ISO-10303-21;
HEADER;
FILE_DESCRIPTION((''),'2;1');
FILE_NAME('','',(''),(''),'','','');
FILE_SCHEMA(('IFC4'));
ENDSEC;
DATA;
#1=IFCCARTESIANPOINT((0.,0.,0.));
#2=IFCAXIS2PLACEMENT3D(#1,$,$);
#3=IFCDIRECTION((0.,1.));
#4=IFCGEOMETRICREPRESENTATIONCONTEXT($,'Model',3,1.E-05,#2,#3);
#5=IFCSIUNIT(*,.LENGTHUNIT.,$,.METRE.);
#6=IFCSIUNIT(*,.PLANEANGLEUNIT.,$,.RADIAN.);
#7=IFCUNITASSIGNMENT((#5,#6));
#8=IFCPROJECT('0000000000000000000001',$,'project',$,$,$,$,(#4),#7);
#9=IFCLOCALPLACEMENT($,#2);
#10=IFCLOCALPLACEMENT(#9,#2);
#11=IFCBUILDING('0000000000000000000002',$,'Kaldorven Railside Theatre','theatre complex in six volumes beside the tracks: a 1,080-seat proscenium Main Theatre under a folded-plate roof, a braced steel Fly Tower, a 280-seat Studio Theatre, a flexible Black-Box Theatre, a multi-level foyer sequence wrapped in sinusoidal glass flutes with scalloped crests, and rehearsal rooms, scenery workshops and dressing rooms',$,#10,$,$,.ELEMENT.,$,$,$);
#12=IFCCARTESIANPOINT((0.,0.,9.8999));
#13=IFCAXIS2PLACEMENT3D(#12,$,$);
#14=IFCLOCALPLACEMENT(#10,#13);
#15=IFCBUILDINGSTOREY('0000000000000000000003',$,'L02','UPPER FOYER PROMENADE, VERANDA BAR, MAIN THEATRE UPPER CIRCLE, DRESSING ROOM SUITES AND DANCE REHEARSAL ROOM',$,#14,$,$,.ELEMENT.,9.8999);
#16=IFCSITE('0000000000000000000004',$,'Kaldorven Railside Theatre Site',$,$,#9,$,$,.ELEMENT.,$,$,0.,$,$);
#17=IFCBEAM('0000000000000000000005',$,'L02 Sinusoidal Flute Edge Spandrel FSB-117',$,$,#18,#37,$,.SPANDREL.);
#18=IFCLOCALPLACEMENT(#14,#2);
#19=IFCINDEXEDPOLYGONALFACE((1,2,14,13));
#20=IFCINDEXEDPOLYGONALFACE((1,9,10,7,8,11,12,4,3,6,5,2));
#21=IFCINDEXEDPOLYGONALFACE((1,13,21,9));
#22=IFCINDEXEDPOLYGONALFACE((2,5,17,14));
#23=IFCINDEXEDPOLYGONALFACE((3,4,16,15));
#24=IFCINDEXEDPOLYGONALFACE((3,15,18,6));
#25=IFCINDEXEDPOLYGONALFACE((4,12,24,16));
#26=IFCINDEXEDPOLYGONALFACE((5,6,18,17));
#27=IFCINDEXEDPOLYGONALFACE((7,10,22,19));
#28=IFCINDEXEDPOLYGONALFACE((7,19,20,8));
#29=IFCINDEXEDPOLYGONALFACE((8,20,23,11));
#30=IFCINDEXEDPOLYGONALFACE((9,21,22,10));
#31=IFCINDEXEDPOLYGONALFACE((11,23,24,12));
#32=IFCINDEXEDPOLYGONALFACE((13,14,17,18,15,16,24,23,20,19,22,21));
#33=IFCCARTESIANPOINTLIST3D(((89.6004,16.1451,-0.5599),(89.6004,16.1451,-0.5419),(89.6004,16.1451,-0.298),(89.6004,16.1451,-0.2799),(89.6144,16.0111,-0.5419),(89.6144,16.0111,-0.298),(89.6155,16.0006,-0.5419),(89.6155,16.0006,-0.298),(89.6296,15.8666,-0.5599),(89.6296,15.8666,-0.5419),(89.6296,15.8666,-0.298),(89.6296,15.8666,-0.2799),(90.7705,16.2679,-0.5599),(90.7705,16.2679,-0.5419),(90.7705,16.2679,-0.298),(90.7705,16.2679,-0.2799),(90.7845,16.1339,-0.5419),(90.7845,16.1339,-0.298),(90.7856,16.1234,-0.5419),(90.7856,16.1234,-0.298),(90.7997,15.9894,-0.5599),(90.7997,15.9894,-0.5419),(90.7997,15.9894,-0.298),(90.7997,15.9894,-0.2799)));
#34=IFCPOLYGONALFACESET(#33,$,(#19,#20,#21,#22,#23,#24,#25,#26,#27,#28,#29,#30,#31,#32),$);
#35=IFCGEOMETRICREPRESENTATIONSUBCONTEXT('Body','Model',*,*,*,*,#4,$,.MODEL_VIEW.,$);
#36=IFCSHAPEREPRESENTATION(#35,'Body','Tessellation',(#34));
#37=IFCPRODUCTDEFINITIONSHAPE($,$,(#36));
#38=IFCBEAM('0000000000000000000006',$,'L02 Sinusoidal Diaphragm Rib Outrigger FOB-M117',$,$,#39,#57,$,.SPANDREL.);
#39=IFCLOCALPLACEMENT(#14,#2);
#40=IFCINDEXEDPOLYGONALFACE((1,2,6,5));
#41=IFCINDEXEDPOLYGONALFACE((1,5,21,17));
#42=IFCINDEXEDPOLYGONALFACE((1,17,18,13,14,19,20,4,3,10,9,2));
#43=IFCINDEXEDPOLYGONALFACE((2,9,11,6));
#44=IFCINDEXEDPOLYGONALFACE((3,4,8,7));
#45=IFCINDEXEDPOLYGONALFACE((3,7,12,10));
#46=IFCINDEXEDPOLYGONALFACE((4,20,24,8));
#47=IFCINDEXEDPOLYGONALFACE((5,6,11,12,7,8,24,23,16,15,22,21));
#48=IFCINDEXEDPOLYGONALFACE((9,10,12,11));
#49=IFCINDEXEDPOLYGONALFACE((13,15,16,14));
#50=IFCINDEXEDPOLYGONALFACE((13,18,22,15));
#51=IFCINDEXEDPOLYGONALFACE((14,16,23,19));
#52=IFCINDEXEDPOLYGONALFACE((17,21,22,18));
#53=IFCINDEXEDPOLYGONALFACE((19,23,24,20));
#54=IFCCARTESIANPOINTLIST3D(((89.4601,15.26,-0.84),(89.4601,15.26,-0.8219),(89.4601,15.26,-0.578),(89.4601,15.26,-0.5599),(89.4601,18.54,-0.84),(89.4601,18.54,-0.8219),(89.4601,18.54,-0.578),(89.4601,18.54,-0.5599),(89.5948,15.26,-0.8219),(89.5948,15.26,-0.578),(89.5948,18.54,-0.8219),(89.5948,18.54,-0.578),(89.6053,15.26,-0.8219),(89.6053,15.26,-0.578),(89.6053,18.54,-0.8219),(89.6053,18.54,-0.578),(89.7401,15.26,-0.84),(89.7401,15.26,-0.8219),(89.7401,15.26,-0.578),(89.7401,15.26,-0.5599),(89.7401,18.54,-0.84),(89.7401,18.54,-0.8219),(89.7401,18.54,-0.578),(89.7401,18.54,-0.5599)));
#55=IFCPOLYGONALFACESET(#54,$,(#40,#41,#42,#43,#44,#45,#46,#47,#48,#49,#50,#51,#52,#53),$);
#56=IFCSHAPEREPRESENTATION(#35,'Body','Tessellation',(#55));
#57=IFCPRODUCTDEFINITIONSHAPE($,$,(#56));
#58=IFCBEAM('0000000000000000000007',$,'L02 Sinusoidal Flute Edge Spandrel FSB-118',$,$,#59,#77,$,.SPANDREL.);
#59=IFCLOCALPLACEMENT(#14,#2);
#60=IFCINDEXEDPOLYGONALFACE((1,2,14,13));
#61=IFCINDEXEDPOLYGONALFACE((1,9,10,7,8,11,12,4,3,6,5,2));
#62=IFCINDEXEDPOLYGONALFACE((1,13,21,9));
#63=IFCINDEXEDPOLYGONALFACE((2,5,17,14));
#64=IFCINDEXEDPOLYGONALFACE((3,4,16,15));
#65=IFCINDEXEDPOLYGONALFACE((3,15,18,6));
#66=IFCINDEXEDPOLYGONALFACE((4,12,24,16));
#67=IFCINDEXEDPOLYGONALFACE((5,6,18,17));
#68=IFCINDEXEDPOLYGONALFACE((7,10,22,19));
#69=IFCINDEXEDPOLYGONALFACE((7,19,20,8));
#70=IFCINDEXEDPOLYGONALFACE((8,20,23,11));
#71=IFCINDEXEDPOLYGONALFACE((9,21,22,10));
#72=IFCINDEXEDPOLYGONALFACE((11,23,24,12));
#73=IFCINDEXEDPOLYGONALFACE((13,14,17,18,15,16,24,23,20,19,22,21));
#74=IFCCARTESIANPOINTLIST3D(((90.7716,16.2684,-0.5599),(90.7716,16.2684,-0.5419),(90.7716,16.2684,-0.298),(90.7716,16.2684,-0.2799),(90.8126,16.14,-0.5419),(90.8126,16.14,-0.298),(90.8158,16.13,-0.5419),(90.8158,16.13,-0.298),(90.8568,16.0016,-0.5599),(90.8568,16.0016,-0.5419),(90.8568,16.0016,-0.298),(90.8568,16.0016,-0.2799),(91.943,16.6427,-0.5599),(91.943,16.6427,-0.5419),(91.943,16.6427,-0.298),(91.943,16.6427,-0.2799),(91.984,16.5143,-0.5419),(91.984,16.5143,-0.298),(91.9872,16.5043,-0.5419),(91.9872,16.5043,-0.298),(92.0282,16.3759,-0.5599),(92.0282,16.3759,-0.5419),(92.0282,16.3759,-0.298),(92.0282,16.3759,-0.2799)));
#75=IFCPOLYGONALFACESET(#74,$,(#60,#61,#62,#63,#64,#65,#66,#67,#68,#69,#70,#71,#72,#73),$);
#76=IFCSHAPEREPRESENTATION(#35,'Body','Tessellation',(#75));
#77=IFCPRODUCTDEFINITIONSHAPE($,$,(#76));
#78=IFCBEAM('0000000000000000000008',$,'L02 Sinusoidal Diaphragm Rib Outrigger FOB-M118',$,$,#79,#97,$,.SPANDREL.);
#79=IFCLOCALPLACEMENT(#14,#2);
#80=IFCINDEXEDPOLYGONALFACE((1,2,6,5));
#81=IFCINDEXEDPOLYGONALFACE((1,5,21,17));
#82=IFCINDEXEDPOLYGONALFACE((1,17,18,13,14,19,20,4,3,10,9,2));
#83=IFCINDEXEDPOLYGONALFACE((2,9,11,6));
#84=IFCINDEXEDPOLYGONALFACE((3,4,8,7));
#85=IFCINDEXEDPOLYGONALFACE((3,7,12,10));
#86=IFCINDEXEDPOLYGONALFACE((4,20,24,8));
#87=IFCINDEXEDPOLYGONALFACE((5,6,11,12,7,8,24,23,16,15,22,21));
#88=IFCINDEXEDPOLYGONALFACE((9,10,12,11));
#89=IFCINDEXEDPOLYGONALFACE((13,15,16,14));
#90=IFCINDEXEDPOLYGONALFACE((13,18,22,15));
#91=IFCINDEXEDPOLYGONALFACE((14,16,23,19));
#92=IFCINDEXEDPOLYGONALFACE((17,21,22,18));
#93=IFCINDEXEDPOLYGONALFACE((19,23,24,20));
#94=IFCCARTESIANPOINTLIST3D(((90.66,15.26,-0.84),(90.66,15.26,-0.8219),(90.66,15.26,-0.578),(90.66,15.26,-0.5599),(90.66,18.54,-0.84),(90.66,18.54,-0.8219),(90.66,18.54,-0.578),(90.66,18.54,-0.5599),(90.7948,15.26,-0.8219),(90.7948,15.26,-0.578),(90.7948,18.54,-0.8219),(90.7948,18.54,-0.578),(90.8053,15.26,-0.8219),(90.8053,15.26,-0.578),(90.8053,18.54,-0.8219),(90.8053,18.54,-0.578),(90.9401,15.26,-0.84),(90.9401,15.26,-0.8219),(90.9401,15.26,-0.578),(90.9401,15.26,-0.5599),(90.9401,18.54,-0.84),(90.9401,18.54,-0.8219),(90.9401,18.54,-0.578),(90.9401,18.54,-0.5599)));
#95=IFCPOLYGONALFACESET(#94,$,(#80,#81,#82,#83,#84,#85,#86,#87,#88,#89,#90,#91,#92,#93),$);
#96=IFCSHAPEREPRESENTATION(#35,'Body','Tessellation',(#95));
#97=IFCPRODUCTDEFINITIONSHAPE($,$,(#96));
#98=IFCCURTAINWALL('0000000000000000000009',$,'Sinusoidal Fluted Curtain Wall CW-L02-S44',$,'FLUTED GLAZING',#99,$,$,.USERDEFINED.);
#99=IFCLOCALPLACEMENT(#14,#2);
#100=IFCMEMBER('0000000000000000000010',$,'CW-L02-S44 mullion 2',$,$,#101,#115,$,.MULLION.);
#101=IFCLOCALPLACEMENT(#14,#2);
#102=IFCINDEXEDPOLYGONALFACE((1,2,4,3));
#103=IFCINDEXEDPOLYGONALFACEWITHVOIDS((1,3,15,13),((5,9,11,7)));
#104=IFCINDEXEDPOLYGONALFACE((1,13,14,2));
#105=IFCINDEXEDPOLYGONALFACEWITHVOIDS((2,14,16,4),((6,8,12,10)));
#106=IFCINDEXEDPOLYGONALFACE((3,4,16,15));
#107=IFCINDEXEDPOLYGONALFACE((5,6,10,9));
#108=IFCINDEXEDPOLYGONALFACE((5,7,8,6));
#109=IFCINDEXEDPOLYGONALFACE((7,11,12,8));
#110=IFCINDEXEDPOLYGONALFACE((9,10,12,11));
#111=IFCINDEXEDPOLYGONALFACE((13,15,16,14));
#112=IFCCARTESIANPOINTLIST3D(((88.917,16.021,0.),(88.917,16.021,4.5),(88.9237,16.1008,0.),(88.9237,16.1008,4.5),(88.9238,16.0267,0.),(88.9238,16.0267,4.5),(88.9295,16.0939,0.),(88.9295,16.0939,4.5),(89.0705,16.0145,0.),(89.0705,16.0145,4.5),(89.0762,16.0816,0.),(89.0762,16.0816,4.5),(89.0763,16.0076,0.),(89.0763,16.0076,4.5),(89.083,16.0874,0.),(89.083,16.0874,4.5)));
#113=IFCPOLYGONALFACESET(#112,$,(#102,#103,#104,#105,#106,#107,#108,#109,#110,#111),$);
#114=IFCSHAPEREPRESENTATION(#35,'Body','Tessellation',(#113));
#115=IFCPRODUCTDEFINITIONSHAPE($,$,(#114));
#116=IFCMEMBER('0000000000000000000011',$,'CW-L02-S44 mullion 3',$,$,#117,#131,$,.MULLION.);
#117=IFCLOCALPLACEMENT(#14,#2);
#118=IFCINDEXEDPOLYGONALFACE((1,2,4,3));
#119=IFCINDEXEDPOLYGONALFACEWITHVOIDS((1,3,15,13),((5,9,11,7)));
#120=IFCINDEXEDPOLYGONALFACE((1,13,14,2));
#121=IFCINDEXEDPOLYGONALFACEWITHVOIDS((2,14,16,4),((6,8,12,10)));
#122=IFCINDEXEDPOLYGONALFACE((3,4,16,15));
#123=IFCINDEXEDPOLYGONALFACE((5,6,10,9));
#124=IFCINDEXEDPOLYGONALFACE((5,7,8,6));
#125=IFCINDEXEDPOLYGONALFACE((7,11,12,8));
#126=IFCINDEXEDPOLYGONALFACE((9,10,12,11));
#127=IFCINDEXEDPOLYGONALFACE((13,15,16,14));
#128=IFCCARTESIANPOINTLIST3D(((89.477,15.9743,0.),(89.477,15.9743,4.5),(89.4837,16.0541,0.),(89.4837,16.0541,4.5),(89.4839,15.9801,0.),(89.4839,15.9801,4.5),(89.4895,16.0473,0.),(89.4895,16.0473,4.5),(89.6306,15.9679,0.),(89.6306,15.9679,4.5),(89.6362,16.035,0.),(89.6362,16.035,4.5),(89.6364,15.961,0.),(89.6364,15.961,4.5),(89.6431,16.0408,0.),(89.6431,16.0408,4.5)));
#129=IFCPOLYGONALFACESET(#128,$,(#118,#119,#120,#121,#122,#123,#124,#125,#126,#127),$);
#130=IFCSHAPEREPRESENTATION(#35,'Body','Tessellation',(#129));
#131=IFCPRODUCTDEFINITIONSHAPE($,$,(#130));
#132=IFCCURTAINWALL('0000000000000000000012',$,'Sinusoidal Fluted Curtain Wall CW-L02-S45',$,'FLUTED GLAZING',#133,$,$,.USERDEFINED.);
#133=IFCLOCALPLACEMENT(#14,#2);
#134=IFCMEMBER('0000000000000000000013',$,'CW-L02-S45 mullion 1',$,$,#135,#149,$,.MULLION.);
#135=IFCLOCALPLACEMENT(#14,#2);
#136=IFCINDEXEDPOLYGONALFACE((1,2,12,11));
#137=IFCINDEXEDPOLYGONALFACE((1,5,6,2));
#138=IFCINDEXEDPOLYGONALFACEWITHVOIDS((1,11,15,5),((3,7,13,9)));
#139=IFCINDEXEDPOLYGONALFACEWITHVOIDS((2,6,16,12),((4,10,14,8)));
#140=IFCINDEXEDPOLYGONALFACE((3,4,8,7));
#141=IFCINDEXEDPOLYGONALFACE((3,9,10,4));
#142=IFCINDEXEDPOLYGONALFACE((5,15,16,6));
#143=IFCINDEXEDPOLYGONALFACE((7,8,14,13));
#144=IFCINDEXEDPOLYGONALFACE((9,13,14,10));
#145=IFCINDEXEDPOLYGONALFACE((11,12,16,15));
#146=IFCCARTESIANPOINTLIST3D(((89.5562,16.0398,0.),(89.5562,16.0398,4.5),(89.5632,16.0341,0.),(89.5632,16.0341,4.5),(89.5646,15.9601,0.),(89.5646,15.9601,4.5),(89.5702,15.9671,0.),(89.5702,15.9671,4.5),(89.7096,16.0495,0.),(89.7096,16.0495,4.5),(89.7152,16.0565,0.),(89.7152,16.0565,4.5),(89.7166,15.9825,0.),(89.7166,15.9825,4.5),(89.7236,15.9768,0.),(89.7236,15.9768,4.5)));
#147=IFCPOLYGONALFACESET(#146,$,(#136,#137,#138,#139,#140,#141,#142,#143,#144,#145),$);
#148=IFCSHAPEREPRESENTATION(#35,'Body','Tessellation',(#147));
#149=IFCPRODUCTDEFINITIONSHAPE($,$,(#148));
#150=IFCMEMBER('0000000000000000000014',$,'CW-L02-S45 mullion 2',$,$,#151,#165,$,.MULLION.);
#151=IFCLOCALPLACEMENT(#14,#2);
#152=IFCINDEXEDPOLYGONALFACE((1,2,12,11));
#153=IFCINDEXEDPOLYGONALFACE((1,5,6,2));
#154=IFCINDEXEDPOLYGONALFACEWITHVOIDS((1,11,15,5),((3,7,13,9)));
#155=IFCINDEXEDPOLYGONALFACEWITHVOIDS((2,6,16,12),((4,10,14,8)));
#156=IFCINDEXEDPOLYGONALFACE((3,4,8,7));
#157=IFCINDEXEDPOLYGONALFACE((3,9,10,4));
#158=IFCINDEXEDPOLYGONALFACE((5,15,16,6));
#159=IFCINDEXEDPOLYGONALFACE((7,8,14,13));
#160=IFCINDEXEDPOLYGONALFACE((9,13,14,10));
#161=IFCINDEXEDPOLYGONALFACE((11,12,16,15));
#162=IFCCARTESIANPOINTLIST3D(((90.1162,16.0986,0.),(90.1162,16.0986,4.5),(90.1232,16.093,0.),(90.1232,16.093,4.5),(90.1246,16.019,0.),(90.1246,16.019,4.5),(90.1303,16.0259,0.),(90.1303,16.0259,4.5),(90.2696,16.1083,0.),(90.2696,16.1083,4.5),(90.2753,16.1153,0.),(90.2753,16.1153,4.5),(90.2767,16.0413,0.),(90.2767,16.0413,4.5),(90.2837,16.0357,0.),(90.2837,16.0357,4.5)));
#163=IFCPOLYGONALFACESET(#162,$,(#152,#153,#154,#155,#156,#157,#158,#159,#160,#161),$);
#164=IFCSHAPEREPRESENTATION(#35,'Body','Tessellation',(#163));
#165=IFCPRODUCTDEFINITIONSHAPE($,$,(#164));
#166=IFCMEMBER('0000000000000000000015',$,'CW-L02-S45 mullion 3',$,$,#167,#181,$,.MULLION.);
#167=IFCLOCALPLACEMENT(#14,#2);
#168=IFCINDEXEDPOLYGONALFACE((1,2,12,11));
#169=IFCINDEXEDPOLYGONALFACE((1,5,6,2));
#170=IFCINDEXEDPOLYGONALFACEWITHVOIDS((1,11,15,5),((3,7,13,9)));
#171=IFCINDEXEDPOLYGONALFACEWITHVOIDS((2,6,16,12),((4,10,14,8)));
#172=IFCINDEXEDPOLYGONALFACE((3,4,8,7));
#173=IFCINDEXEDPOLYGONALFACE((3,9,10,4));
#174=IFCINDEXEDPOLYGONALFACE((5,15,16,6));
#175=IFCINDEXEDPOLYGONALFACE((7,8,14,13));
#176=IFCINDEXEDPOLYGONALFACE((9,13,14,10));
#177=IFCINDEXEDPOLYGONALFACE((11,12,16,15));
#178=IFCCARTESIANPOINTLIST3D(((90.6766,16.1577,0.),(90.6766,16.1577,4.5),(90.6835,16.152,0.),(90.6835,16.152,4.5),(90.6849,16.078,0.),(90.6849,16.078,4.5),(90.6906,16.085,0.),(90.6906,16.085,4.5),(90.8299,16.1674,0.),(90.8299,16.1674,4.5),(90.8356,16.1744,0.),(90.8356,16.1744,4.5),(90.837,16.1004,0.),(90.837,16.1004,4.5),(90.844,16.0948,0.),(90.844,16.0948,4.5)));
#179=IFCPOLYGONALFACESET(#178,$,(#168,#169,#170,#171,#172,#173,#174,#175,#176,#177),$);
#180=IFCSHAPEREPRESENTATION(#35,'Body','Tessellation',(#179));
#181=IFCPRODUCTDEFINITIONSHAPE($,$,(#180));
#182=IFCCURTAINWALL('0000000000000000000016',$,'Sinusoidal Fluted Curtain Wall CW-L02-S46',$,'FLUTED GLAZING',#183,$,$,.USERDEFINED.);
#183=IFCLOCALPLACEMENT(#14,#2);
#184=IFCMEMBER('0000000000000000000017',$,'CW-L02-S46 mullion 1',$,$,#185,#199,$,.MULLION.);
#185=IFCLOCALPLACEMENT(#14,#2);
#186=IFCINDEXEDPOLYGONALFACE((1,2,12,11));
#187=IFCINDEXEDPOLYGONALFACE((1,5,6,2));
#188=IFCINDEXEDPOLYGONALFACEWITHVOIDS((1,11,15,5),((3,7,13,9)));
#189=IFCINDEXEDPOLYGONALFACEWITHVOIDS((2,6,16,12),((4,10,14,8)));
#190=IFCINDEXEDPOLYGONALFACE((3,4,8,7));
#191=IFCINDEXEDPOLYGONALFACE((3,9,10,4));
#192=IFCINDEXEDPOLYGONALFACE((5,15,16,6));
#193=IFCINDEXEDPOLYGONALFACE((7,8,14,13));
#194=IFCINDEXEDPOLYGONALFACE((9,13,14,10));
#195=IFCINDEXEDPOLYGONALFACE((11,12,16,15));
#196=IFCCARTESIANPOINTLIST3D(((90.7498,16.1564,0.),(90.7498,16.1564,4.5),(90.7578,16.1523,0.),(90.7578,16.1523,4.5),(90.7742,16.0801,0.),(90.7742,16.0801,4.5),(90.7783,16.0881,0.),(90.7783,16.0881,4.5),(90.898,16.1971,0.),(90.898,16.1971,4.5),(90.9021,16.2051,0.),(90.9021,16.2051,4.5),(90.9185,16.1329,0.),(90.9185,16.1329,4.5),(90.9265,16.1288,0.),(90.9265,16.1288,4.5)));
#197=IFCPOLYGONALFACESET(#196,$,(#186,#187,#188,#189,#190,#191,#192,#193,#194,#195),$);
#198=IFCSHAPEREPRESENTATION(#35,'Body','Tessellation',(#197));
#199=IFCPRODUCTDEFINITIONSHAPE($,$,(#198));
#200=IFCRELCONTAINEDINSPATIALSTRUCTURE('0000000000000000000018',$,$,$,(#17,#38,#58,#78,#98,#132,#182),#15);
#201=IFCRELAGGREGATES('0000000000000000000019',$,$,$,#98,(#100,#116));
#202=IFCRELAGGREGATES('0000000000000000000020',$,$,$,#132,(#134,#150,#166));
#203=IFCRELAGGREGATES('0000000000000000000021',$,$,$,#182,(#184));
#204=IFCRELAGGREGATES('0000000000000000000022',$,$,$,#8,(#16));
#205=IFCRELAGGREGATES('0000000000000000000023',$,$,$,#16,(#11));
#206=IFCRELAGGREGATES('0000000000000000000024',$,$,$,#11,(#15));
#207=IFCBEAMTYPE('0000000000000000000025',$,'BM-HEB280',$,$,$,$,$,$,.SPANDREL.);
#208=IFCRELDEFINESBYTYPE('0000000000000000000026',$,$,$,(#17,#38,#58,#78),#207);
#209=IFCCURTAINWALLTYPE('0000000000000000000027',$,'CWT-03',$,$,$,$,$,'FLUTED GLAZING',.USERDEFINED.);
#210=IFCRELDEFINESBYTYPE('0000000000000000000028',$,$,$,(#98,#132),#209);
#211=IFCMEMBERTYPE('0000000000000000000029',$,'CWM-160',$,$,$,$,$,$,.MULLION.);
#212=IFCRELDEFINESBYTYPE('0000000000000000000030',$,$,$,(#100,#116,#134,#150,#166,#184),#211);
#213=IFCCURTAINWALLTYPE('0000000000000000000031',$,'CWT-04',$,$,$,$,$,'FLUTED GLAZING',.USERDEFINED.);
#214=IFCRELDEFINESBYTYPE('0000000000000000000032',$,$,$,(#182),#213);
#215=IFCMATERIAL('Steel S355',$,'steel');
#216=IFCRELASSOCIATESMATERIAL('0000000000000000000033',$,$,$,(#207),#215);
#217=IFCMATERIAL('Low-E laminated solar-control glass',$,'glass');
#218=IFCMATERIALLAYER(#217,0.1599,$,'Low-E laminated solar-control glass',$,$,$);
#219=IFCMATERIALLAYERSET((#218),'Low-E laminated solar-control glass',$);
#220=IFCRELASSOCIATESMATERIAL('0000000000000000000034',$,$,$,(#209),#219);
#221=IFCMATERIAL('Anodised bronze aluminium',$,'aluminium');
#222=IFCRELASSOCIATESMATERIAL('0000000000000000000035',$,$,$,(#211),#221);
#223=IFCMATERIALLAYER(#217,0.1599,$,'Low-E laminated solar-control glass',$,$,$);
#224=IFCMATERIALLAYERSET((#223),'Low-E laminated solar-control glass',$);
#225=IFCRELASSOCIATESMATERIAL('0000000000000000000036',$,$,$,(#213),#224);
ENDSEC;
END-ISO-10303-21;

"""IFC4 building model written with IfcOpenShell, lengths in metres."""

from ifc_helpers import new_model, si_unit, direction, frame, origin, origin_2d, place, context, subcontext, project, spatial, hollow_rectangle, i_section, extrude, material, layer, layer_set, material_profile, profile_set, type_object, element, aggregate, save


model = new_model("IFC4")

# Units and contexts
model_context = context("Model", 3, precision=1e-05, world=origin(), true_north=direction((0.0, 1.0)))
body_context = subcontext(model_context, "Body", "Model", "MODEL_VIEW")
ifc_project = project(units=[si_unit("LENGTHUNIT", "METRE"), si_unit("PLANEANGLEUNIT", "RADIAN")], contexts=[model_context])

# Site, building, storey
site_placement = place(None, origin())
site = spatial("IfcSite", under=ifc_project, at=site_placement, Name="Kaldorven Railside Theatre Site", CompositionType="ELEMENT", RefElevation=0.0)
building_placement = place(site_placement, origin())
building = spatial("IfcBuilding", under=site, at=building_placement, Name="Kaldorven Railside Theatre", Description="theatre complex in six volumes beside the tracks: a 1,080-seat proscenium Main Theatre under a folded-plate roof, a braced steel Fly Tower, a 280-seat Studio Theatre, a flexible Black-Box Theatre, a multi-level foyer sequence wrapped in sinusoidal glass flutes with scalloped crests, and rehearsal rooms, scenery workshops and dressing rooms", CompositionType="ELEMENT")
storey_placement = place(building_placement, frame((0.0, 0.0, 9.8999)))
storey = spatial("IfcBuildingStorey", under=building, at=storey_placement, Name="L02", Description="UPPER FOYER PROMENADE, VERANDA BAR, MAIN THEATRE UPPER CIRCLE, DRESSING ROOM SUITES AND DANCE REHEARSAL ROOM", CompositionType="ELEMENT", Elevation=9.8999)

# Beams
ifc_material_1 = material(Name="Steel S355", Category="steel")
ifc_material_profile_1 = material_profile(ifc_material_1, i_section(OverallWidth=0.28, OverallDepth=0.28, WebThickness=0.0105, FlangeThickness=0.0181, at=origin_2d()), Name="HEB 280")
ifc_profile_set_1 = profile_set([ifc_material_profile_1], Name="Steel S355")
beam_type = type_object("IfcBeamType", Name="BM-HEB280", PredefinedType="SPANDREL", material=ifc_profile_set_1)
beam_1_placement = place(storey_placement, frame((89.615, 16.0059, -0.4199), z_axis=(0.994538, 0.104372, 0.0), x_axis=(-0.104372, 0.994538, 0.0)))
element("IfcBeam", 1, at=beam_1_placement, inside=storey, type_object=beam_type, Name="L02 Sinusoidal Flute Edge Spandrel FSB-117", PredefinedType="SPANDREL", context=body_context, shape_type="SweptSolid", body=[
    extrude(i_section(OverallWidth=0.28, OverallDepth=0.28, WebThickness=0.0105, FlangeThickness=0.0181, at=origin_2d()), origin(), (0.0, 0.0, 1.0), 1.1765),
])
beam_2_placement = place(storey_placement, frame((89.6001, 15.26, -0.7), z_axis=(0.0, 1.0, 0.0), x_axis=(-1.0, 0.0, 0.0)))
element("IfcBeam", 2, at=beam_2_placement, inside=storey, type_object=beam_type, Name="L02 Sinusoidal Diaphragm Rib Outrigger FOB-M117", PredefinedType="SPANDREL", context=body_context, shape_type="SweptSolid", body=[
    extrude(i_section(OverallWidth=0.28, OverallDepth=0.28, WebThickness=0.0105, FlangeThickness=0.0181, at=origin_2d()), origin(), (0.0, 0.0, 1.0), 3.28),
])
beam_3_placement = place(storey_placement, frame((90.8142, 16.135, -0.4199), z_axis=(0.95256, 0.304351, 0.0), x_axis=(-0.304351, 0.95256, 0.0)))
element("IfcBeam", 3, at=beam_3_placement, inside=storey, type_object=beam_type, Name="L02 Sinusoidal Flute Edge Spandrel FSB-118", PredefinedType="SPANDREL", context=body_context, shape_type="SweptSolid", body=[
    extrude(i_section(OverallWidth=0.28, OverallDepth=0.28, WebThickness=0.0105, FlangeThickness=0.0181, at=origin_2d()), origin(), (0.0, 0.0, 1.0), 1.2297),
])
beam_4_placement = place(storey_placement, frame((90.8, 15.26, -0.7), z_axis=(0.0, 1.0, 0.0), x_axis=(-1.0, 0.0, 0.0)))
element("IfcBeam", 4, at=beam_4_placement, inside=storey, type_object=beam_type, Name="L02 Sinusoidal Diaphragm Rib Outrigger FOB-M118", PredefinedType="SPANDREL", context=body_context, shape_type="SweptSolid", body=[
    extrude(i_section(OverallWidth=0.28, OverallDepth=0.28, WebThickness=0.0105, FlangeThickness=0.0181, at=origin_2d()), origin(), (0.0, 0.0, 1.0), 3.28),
])

# Curtain walls, members
ifc_material_2 = material(Name="Low-E laminated solar-control glass", Category="glass")
ifc_layer_1 = layer(ifc_material_2, 0.1599, Name="Low-E laminated solar-control glass")
ifc_layer_set_1 = layer_set([ifc_layer_1], Name="Low-E laminated solar-control glass")
curtain_wall_type_1 = type_object("IfcCurtainWallType", Name="CWT-03", ElementType="FLUTED GLAZING", PredefinedType="USERDEFINED", material=ifc_layer_set_1)
curtain_wall_1_placement = place(storey_placement, origin())
curtain_wall_1 = element("IfcCurtainWall", 5, at=curtain_wall_1_placement, inside=storey, type_object=curtain_wall_type_1, Name="Sinusoidal Fluted Curtain Wall CW-L02-S44", ObjectType="FLUTED GLAZING", PredefinedType="USERDEFINED")
ifc_material_3 = material(Name="Anodised bronze aluminium", Category="aluminium")
ifc_material_profile_2 = material_profile(ifc_material_3, hollow_rectangle(XDim=0.0801, YDim=0.1599, WallThickness=0.0063, at=origin_2d()), Name="RHS 160x80x6.3")
ifc_profile_set_2 = profile_set([ifc_material_profile_2], Name="Anodised bronze aluminium")
member_type_1 = type_object("IfcMemberType", Name="CWM-160", PredefinedType="MULLION", material=ifc_profile_set_2)
member_1_placement = place(storey_placement, frame((89.0, 16.0542, 0.0), z_axis=(0.0, 0.0, 1.0), x_axis=(0.08321, 0.996532, 0.0)))
member_1 = element("IfcMember", 6, at=member_1_placement, type_object=member_type_1, Name="CW-L02-S44 mullion 2", PredefinedType="MULLION", context=body_context, shape_type="SweptSolid", body=[
    extrude(hollow_rectangle(XDim=0.0801, YDim=0.1599, WallThickness=0.0063, at=origin_2d()), origin(), (0.0, 0.0, 1.0), 4.5),
])
member_2_placement = place(storey_placement, frame((89.5601, 16.0076, 0.0), z_axis=(0.0, 0.0, 1.0), x_axis=(0.08321, 0.996532, 0.0)))
member_2 = element("IfcMember", 7, at=member_2_placement, type_object=member_type_1, Name="CW-L02-S44 mullion 3", PredefinedType="MULLION", context=body_context, shape_type="SweptSolid", body=[
    extrude(hollow_rectangle(XDim=0.0801, YDim=0.1599, WallThickness=0.0063, at=origin_2d()), origin(), (0.0, 0.0, 1.0), 4.5),
])
curtain_wall_2_placement = place(storey_placement, origin())
curtain_wall_2 = element("IfcCurtainWall", 8, at=curtain_wall_2_placement, inside=storey, type_object=curtain_wall_type_1, Name="Sinusoidal Fluted Curtain Wall CW-L02-S45", ObjectType="FLUTED GLAZING", PredefinedType="USERDEFINED")
member_3_placement = place(storey_placement, frame((89.6399, 16.0083, 0.0), z_axis=(0.0, 0.0, 1.0), x_axis=(-0.104508, 0.994524, 0.0)))
member_3 = element("IfcMember", 9, at=member_3_placement, type_object=member_type_1, Name="CW-L02-S45 mullion 1", PredefinedType="MULLION", context=body_context, shape_type="SweptSolid", body=[
    extrude(hollow_rectangle(XDim=0.0801, YDim=0.1599, WallThickness=0.0063, at=origin_2d()), origin(), (0.0, 0.0, 1.0), 4.5),
])
member_4_placement = place(storey_placement, frame((90.2, 16.0671, 0.0), z_axis=(0.0, 0.0, 1.0), x_axis=(-0.104508, 0.994524, 0.0)))
member_4 = element("IfcMember", 10, at=member_4_placement, type_object=member_type_1, Name="CW-L02-S45 mullion 2", PredefinedType="MULLION", context=body_context, shape_type="SweptSolid", body=[
    extrude(hollow_rectangle(XDim=0.0801, YDim=0.1599, WallThickness=0.0063, at=origin_2d()), origin(), (0.0, 0.0, 1.0), 4.5),
])
member_5_placement = place(storey_placement, frame((90.7603, 16.1262, 0.0), z_axis=(0.0, 0.0, 1.0), x_axis=(-0.104508, 0.994524, 0.0)))
member_5 = element("IfcMember", 11, at=member_5_placement, type_object=member_type_1, Name="CW-L02-S45 mullion 3", PredefinedType="MULLION", context=body_context, shape_type="SweptSolid", body=[
    extrude(hollow_rectangle(XDim=0.0801, YDim=0.1599, WallThickness=0.0063, at=origin_2d()), origin(), (0.0, 0.0, 1.0), 4.5),
])
ifc_layer_2 = layer(ifc_material_2, 0.1599, Name="Low-E laminated solar-control glass")
ifc_layer_set_2 = layer_set([ifc_layer_2], Name="Low-E laminated solar-control glass")
curtain_wall_type_2 = type_object("IfcCurtainWallType", Name="CWT-04", ElementType="FLUTED GLAZING", PredefinedType="USERDEFINED", material=ifc_layer_set_2)
curtain_wall_3_placement = place(storey_placement, origin())
curtain_wall_3 = element("IfcCurtainWall", 12, at=curtain_wall_3_placement, inside=storey, type_object=curtain_wall_type_2, Name="Sinusoidal Fluted Curtain Wall CW-L02-S46", ObjectType="FLUTED GLAZING", PredefinedType="USERDEFINED")
member_6_placement = place(storey_placement, frame((90.8381, 16.1426, 0.0), z_axis=(0.0, 0.0, 1.0), x_axis=(-0.304488, 0.952516, 0.0)))
member_6 = element("IfcMember", 13, at=member_6_placement, type_object=member_type_1, Name="CW-L02-S46 mullion 1", PredefinedType="MULLION", context=body_context, shape_type="SweptSolid", body=[
    extrude(hollow_rectangle(XDim=0.0801, YDim=0.1599, WallThickness=0.0063, at=origin_2d()), origin(), (0.0, 0.0, 1.0), 4.5),
])

aggregate(curtain_wall_1, [member_1, member_2])
aggregate(curtain_wall_2, [member_3, member_4, member_5])
aggregate(curtain_wall_3, [member_6])

save(model, "model.ifc")
